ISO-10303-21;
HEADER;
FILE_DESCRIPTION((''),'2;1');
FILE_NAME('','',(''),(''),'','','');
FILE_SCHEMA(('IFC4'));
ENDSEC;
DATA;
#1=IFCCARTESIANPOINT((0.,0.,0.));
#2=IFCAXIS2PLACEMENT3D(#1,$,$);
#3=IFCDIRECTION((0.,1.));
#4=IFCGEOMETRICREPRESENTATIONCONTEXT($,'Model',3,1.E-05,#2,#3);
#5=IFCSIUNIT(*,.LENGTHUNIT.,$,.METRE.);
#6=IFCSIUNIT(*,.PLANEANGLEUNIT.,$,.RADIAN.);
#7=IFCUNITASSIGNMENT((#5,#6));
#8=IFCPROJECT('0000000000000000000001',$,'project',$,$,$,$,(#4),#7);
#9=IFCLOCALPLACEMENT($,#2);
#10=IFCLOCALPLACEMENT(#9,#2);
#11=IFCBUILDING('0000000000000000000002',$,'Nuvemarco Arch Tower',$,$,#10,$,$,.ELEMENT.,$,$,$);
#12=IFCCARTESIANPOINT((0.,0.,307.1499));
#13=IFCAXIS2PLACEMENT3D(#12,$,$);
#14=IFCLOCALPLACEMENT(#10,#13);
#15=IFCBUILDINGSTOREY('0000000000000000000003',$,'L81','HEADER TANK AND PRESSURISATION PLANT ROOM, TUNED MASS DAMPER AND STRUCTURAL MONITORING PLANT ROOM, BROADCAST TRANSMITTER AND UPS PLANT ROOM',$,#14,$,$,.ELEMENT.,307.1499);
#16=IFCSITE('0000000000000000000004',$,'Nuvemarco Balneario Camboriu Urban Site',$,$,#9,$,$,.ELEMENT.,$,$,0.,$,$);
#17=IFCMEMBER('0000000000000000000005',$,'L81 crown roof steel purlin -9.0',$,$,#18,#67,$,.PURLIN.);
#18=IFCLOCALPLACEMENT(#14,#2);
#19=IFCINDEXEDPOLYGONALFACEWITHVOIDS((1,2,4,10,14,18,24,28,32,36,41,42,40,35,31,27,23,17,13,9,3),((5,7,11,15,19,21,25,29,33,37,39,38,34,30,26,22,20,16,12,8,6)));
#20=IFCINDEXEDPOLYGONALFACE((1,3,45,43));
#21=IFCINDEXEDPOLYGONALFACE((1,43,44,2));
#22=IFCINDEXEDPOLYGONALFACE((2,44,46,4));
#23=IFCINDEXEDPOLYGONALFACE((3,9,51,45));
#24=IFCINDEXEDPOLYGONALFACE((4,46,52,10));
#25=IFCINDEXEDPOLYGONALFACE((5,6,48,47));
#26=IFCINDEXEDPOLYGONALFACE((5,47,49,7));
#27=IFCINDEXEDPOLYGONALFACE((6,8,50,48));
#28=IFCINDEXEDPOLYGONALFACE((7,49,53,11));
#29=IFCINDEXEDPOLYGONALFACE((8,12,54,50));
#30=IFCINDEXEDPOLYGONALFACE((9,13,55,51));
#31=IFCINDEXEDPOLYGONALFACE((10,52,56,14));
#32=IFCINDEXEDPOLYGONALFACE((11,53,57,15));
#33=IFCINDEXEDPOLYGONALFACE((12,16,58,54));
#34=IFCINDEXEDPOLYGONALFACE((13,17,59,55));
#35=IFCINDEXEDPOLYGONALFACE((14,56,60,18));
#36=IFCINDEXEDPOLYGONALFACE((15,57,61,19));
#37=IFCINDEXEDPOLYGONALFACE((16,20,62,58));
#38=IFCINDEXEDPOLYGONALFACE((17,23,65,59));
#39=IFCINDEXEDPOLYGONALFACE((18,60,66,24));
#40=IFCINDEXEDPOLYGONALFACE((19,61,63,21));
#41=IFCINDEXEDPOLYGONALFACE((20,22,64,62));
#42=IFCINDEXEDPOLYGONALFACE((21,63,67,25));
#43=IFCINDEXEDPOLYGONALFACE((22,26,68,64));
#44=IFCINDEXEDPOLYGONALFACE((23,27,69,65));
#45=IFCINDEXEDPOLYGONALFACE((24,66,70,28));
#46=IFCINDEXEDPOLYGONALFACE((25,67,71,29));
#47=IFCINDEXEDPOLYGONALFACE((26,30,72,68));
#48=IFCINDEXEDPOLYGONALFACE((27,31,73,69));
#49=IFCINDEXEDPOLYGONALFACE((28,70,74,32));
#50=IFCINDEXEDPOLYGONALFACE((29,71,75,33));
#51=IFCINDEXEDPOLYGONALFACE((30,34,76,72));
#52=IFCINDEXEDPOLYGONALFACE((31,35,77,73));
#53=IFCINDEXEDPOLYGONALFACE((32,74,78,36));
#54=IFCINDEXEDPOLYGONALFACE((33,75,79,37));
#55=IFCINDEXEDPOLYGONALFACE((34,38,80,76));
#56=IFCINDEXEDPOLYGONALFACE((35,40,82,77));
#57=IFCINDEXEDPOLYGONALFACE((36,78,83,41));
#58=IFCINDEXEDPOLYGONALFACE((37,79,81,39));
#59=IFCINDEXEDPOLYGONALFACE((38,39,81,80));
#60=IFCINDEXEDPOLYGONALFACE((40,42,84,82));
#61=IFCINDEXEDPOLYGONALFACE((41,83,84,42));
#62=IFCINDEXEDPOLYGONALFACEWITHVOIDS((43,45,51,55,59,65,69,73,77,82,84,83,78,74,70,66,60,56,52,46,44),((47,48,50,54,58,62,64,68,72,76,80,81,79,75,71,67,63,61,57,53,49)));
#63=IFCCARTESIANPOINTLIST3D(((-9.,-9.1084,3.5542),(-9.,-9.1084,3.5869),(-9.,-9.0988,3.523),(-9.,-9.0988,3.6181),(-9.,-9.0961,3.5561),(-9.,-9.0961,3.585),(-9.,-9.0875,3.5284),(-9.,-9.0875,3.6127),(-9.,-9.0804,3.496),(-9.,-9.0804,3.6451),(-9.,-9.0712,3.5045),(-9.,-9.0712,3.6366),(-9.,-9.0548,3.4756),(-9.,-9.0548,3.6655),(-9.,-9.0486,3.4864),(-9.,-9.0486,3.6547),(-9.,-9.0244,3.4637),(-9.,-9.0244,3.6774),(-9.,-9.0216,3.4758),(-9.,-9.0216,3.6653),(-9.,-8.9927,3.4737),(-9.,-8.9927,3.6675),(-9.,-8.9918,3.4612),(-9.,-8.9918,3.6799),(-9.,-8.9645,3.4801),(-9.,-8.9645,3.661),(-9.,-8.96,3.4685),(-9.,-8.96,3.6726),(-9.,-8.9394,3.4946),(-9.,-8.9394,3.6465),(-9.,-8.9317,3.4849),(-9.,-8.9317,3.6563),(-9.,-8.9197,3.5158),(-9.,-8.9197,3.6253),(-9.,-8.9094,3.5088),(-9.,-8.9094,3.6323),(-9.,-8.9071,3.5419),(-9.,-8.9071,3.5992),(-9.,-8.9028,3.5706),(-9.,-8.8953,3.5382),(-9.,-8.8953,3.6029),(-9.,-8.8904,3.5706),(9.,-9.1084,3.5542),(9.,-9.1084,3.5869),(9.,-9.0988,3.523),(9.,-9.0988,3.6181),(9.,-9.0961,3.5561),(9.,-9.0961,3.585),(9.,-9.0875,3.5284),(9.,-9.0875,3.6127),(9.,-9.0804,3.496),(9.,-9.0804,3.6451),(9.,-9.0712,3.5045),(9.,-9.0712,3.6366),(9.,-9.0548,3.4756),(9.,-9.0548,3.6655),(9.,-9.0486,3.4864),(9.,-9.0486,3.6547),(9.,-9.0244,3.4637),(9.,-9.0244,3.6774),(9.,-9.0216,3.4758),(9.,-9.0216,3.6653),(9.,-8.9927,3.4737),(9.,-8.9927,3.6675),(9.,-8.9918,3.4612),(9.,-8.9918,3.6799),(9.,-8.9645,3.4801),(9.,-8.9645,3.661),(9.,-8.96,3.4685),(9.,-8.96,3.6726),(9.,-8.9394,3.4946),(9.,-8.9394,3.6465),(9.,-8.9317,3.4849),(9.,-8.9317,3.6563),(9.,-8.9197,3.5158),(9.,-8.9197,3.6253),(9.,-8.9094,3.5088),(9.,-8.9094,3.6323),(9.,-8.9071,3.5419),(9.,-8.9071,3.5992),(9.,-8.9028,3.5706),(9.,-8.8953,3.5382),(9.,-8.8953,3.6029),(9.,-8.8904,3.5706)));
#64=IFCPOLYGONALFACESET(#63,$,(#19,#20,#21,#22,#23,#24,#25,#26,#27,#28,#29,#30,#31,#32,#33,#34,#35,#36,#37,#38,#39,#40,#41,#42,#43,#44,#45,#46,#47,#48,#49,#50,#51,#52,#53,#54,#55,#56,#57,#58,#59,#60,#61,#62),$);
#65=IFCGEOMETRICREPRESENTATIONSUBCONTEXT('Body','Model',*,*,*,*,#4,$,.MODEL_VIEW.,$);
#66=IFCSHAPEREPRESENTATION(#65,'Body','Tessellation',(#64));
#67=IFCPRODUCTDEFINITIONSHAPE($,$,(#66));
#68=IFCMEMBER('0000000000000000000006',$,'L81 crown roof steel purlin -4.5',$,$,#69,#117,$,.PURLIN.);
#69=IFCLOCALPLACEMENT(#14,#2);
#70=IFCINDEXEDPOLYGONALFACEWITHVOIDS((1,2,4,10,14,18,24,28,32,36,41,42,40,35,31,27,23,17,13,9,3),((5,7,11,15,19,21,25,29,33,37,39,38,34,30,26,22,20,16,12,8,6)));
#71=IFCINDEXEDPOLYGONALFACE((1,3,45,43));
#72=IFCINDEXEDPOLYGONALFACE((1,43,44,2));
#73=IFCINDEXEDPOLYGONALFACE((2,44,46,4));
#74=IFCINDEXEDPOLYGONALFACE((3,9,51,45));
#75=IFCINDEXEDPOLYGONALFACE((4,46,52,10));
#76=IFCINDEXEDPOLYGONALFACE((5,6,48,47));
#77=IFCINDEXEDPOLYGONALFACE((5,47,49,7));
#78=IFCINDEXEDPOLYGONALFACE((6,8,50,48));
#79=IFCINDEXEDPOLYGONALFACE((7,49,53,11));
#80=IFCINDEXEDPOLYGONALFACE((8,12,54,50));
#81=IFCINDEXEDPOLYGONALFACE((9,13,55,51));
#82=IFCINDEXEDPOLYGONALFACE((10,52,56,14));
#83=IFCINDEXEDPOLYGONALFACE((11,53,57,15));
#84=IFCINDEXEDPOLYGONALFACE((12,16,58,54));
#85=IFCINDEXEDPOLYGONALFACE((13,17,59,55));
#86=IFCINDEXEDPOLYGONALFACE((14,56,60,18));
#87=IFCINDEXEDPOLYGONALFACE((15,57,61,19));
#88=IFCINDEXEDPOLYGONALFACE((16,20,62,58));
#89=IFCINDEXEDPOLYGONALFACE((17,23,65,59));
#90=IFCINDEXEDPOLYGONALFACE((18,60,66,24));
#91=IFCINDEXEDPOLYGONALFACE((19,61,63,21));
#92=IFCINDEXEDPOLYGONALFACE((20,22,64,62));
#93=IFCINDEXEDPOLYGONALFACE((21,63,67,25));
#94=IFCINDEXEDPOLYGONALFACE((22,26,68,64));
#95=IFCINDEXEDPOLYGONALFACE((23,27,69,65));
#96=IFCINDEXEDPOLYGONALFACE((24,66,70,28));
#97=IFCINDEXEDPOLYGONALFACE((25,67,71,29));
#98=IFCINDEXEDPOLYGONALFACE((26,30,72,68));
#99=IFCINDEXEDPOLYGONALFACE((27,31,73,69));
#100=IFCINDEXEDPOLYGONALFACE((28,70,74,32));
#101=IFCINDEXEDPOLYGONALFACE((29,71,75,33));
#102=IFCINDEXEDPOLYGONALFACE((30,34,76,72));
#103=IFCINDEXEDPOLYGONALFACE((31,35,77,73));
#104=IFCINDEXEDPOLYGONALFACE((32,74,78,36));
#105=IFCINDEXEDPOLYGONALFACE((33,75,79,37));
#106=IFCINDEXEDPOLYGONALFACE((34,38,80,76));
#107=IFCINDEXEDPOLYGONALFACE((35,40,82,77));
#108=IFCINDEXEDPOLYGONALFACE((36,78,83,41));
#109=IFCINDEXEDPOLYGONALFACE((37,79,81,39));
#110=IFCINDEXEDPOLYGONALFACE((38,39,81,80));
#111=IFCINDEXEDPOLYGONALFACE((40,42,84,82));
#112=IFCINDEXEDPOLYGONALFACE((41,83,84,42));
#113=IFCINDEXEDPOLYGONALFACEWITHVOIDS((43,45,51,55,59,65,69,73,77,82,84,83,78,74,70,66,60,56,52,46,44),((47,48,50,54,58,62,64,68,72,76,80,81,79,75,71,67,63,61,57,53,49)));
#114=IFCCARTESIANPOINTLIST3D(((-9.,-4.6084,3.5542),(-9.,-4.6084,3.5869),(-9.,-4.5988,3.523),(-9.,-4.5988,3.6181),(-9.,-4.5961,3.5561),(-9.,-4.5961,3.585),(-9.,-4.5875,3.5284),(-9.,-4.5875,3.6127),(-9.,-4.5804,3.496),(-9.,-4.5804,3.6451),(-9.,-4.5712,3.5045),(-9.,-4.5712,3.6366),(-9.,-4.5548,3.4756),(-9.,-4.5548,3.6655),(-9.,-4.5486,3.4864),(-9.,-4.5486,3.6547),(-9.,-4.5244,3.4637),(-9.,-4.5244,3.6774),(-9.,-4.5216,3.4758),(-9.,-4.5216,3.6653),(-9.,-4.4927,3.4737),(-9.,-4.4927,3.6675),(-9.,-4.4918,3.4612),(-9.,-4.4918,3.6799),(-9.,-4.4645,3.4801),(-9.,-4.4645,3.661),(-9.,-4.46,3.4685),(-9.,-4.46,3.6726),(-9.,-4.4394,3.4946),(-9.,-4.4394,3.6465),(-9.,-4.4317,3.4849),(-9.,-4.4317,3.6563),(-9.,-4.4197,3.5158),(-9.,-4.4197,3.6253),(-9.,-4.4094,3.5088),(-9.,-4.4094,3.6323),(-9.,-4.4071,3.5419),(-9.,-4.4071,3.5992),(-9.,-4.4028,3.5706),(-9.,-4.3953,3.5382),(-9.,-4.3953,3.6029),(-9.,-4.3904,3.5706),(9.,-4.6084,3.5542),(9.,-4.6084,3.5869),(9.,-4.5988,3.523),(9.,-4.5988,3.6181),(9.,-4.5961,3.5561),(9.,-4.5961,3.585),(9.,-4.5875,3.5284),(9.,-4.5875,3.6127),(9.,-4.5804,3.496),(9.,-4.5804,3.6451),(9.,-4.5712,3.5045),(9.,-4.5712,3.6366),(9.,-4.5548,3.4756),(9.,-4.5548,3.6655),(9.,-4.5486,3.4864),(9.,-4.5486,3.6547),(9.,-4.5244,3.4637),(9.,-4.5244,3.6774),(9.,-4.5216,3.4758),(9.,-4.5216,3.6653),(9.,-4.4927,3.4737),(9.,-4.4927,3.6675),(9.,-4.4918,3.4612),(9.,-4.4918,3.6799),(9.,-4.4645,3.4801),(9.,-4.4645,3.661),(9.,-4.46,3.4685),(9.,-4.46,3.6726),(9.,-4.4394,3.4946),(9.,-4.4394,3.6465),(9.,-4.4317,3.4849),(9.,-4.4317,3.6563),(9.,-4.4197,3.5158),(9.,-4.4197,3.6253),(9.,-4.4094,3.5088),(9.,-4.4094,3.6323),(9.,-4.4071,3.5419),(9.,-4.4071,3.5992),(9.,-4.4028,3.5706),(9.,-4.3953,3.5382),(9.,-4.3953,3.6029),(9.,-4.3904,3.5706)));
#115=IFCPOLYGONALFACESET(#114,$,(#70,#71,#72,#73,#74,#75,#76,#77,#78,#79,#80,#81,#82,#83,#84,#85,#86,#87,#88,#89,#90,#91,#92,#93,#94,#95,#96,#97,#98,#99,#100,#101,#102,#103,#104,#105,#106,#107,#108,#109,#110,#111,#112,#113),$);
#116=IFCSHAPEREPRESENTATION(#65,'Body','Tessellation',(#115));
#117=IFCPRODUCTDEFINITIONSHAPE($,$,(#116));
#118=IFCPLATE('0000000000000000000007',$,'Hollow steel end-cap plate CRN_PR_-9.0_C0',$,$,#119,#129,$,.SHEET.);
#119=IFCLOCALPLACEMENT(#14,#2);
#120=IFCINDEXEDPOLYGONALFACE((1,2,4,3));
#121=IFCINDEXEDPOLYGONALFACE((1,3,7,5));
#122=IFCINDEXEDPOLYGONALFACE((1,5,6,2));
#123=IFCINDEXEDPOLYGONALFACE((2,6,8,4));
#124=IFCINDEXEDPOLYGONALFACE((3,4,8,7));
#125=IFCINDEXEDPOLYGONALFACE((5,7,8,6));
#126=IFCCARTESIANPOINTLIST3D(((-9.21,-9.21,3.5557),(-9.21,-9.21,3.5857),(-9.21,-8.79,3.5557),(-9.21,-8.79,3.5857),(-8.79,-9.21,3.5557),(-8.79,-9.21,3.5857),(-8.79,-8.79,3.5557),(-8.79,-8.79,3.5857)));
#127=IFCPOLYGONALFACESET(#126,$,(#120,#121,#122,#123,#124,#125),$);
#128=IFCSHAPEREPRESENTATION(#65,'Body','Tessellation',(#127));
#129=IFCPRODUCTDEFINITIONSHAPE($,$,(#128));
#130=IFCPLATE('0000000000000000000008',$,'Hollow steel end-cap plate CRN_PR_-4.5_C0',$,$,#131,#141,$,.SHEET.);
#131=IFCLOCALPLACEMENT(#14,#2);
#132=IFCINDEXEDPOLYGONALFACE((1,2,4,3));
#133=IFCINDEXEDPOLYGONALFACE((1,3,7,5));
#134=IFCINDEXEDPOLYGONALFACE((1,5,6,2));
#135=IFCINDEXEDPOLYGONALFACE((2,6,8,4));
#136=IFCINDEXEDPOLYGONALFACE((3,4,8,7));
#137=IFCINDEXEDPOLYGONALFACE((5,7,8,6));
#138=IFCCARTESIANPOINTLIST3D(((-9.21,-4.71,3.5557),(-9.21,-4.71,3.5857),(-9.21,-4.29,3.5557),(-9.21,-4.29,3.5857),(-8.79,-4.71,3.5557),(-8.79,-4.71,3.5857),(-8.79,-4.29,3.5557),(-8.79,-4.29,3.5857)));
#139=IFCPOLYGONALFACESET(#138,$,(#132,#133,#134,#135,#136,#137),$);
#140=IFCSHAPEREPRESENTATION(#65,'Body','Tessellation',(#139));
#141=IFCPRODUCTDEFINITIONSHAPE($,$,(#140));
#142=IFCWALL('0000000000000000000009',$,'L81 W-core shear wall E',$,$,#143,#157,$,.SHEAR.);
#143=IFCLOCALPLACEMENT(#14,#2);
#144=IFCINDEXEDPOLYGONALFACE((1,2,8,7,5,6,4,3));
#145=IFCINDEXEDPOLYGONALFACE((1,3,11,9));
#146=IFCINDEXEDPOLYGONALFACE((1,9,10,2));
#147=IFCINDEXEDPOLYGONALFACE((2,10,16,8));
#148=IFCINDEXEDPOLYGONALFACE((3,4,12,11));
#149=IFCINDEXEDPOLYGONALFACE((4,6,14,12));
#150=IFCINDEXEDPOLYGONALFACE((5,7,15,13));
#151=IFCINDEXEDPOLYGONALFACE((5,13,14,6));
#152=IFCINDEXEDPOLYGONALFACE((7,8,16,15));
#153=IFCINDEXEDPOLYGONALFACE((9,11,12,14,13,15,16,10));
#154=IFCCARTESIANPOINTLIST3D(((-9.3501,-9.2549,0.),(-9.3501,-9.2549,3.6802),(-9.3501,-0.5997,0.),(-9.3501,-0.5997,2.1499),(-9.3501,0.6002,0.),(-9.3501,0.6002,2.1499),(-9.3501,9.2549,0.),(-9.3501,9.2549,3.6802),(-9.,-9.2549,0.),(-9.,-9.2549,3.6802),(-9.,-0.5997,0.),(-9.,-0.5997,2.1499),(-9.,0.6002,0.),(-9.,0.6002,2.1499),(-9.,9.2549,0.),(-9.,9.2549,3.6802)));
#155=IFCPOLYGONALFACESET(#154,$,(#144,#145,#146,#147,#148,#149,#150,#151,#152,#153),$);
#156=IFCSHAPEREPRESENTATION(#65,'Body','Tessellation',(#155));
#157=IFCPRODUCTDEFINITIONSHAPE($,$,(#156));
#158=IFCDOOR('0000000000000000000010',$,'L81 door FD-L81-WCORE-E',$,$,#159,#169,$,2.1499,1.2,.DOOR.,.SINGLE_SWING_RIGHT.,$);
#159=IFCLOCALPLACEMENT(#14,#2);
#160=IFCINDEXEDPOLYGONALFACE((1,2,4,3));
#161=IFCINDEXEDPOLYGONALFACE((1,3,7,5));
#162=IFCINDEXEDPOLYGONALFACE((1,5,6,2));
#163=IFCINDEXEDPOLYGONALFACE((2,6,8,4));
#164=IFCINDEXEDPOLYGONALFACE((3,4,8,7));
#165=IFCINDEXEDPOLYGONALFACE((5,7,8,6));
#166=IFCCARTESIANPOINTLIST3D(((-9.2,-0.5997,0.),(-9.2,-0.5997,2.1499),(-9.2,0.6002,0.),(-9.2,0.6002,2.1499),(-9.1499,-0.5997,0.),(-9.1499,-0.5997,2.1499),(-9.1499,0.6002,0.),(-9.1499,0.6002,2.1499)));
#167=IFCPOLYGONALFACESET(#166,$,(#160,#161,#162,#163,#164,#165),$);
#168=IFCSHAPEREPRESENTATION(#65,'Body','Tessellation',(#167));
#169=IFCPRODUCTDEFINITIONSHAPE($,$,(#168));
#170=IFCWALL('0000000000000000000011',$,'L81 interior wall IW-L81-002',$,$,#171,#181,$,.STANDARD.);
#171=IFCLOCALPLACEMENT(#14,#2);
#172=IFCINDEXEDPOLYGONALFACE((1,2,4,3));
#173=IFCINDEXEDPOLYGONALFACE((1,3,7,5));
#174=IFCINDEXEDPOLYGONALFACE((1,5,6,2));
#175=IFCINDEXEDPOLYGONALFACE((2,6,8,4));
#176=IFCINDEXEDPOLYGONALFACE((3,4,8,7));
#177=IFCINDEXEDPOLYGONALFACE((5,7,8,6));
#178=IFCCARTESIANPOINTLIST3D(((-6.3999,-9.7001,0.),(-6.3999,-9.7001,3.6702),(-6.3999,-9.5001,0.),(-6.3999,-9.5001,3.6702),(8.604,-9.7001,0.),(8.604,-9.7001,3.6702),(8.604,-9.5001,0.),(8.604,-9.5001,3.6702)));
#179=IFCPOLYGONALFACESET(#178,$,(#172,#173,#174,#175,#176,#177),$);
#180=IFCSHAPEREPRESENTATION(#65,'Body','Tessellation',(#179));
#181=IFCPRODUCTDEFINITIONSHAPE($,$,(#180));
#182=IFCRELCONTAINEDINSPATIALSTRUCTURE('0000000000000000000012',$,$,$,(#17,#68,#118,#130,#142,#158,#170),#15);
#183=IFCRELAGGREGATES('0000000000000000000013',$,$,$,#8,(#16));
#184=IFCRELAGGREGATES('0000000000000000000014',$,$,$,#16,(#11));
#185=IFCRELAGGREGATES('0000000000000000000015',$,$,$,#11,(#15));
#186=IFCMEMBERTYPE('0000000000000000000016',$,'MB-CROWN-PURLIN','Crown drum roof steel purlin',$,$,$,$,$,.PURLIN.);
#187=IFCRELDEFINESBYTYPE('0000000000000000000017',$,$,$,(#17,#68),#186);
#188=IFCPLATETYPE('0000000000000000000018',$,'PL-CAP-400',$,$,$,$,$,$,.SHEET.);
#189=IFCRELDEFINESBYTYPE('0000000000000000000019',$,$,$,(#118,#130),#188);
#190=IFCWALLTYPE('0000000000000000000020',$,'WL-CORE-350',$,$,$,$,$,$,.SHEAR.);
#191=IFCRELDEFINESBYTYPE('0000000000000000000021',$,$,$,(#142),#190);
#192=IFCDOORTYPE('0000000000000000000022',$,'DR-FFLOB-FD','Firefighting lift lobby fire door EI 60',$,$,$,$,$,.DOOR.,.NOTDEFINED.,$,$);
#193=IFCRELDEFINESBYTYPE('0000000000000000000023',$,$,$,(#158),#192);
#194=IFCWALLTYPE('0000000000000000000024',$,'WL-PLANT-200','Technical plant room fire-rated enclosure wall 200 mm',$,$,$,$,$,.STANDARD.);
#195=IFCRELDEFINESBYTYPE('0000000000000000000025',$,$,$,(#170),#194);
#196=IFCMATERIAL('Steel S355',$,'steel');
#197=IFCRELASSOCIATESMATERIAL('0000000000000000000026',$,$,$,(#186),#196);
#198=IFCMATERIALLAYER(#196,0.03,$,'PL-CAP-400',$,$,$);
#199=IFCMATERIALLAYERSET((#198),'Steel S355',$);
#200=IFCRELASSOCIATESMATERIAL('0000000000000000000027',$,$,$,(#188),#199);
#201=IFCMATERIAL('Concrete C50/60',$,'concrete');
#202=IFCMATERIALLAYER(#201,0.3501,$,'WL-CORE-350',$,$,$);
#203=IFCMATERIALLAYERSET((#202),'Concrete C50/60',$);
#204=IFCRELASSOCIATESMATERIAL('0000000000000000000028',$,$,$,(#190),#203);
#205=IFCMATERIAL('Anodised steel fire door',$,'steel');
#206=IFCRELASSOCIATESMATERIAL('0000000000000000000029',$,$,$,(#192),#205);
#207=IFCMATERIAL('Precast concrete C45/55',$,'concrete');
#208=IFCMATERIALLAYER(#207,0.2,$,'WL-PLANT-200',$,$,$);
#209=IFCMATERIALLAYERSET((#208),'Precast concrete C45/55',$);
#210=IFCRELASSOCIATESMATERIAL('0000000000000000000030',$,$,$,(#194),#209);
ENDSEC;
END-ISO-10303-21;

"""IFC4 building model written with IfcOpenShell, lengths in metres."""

from ifc_helpers import new_model, si_unit, direction, frame, frame_2d, origin, origin_2d, place, context, subcontext, project, spatial, rectangle, hollow_circle, extrude, source, transform, mapped, material, layer, layer_set, material_profile, profile_set, type_object, type_shapes, element, fill, save


model = new_model("IFC4")

# Units and contexts
model_context = context("Model", 3, precision=1e-05, world=origin(), true_north=direction((0.0, 1.0)))
body_context = subcontext(model_context, "Body", "Model", "MODEL_VIEW")
ifc_project = project(units=[si_unit("LENGTHUNIT", "METRE"), si_unit("PLANEANGLEUNIT", "RADIAN")], contexts=[model_context])

# Site, building, storey
site_placement = place(None, origin())
site = spatial("IfcSite", under=ifc_project, at=site_placement, Name="Nuvemarco Balneario Camboriu Urban Site", CompositionType="ELEMENT", RefElevation=0.0)
building_placement = place(site_placement, origin())
building = spatial("IfcBuilding", under=site, at=building_placement, Name="Nuvemarco Arch Tower", CompositionType="ELEMENT")
storey_placement = place(building_placement, frame((0.0, 0.0, 307.1499)))
storey = spatial("IfcBuildingStorey", under=building, at=storey_placement, Name="L81", Description="HEADER TANK AND PRESSURISATION PLANT ROOM, TUNED MASS DAMPER AND STRUCTURAL MONITORING PLANT ROOM, BROADCAST TRANSMITTER AND UPS PLANT ROOM", CompositionType="ELEMENT", Elevation=307.1499)

# Shared definitions
ifc_material_1 = material(Name="Concrete C50/60", Category="concrete")

# Shared definitions
ifc_material_2 = material(Name="Steel S355", Category="steel")

# Members
ifc_material_profile_1 = material_profile(ifc_material_2, hollow_circle(Radius=0.1096, WallThickness=0.0125, at=origin_2d()), Name="CHS219.1x12.5")
ifc_profile_set_1 = profile_set([ifc_material_profile_1], Name="Steel S355")
member_type = type_object("IfcMemberType", Name="MB-CROWN-PURLIN", Description="Crown drum roof steel purlin", PredefinedType="PURLIN", material=ifc_profile_set_1)
for number, where, z_axis, x_axis, name in (
    (1, (-9.0, -9.0, 3.5706), (1.0, 0.0, 0.0), (0.0, 1.0, 0.0), "L81 crown roof steel purlin -9.0"),
    (2, (-9.0, -4.5, 3.5706), (1.0, 0.0, 0.0), (0.0, 1.0, 0.0), "L81 crown roof steel purlin -4.5"),
):
    element("IfcMember", number, at=place(storey_placement, frame(where, z_axis=z_axis, x_axis=x_axis)), inside=storey, type_object=member_type, Name=name, PredefinedType="PURLIN", context=body_context, shape_type="SweptSolid", body=[
        extrude(hollow_circle(Radius=0.1096, WallThickness=0.0125, at=origin_2d()), origin(), (0.0, 0.0, 1.0), 18.0),
    ])

# Plates
ifc_layer_1 = layer(ifc_material_2, 0.03, Name="PL-CAP-400")
ifc_layer_set_1 = layer_set([ifc_layer_1], Name="Steel S355")
plate_type = type_object("IfcPlateType", Name="PL-CAP-400", PredefinedType="SHEET", material=ifc_layer_set_1)
shared_shape_1 = source(origin(), body_context, "Body", "SweptSolid", [
    extrude(rectangle(XDim=0.4199, YDim=0.4199, at=origin_2d()), origin(), (0.0, 0.0, 1.0), 0.03),
])
type_shapes(plate_type, [shared_shape_1])
for number, where, z_axis, x_axis, name in (
    (3, (-9.0, -9.0, 3.5557), (0.0, 0.0, 1.0), (1.0, 0.0, 0.0), "Hollow steel end-cap plate CRN_PR_-9.0_C0"),
    (4, (-9.0, -4.5, 3.5557), (0.0, 0.0, 1.0), (1.0, 0.0, 0.0), "Hollow steel end-cap plate CRN_PR_-4.5_C0"),
):
    element("IfcPlate", number, at=place(storey_placement, frame(where, z_axis=z_axis, x_axis=x_axis)), inside=storey, type_object=plate_type, Name=name, PredefinedType="SHEET", context=body_context, shape_type="MappedRepresentation", body=[
        mapped(shared_shape_1, transform((0.0, 0.0, 0.0), scale=1.0)),
    ])

# Wall, opening, door
ifc_layer_2 = layer(ifc_material_1, 0.3501, Name="WL-CORE-350")
ifc_layer_set_2 = layer_set([ifc_layer_2], Name="Concrete C50/60")
wall_type_1 = type_object("IfcWallType", Name="WL-CORE-350", PredefinedType="SHEAR", material=ifc_layer_set_2)
wall_1_placement = place(storey_placement, frame((-9.175, -9.2549, 0.0), z_axis=(0.0, 0.0, 1.0), x_axis=(0.0, 1.0, 0.0)))
wall_1 = element("IfcWall", 5, at=wall_1_placement, inside=storey, type_object=wall_type_1, Name="L81 W-core shear wall E", PredefinedType="SHEAR", context=body_context, shape_type="SweptSolid", body=[
    extrude(rectangle(XDim=18.5098, YDim=0.3501, at=frame_2d((9.2549, 0.0))), origin(), (0.0, 0.0, 1.0), 3.6802),
])
opening_1_placement = place(wall_1_placement, frame((8.655, 0.0, 0.0)))
opening_1 = element("IfcOpeningElement", 6, at=opening_1_placement, cuts=wall_1, PredefinedType="OPENING", context=body_context, shape_type="SweptSolid", body=[
    extrude(rectangle(XDim=1.2, YDim=2.1499, at=frame_2d((0.6001, 1.075))), frame((0.0, 0.1851, 0.0), z_axis=(0.0, -1.0, 0.0), x_axis=(1.0, 0.0, 0.0)), (0.0, 0.0, 1.0), 0.3701),
])
ifc_material_3 = material(Name="Anodised steel fire door", Category="steel")
door_type_1 = type_object("IfcDoorType", Name="DR-FFLOB-FD", Description="Firefighting lift lobby fire door EI 60", OperationType="NOTDEFINED", PredefinedType="DOOR", material=ifc_material_3)
shared_shape_2 = source(origin(), body_context, "Body", "SweptSolid", [
    extrude(rectangle(XDim=1.2, YDim=2.1499, at=frame_2d((0.6001, 1.075))), frame((0.0, 0.0249, 0.0), z_axis=(0.0, -1.0, 0.0), x_axis=(1.0, 0.0, 0.0)), (0.0, 0.0, 1.0), 0.05),
])
type_shapes(door_type_1, [shared_shape_2])
door_1_placement = place(opening_1_placement, origin())
door_1 = element("IfcDoor", 7, at=door_1_placement, inside=storey, type_object=door_type_1, Name="L81 door FD-L81-WCORE-E", OperationType="SINGLE_SWING_RIGHT", OverallHeight=2.1499, OverallWidth=1.2, PredefinedType="DOOR", context=body_context, shape_type="MappedRepresentation", body=[
    mapped(shared_shape_2, transform((0.0, 0.0, 0.0), scale=1.0)),
])
fill(opening_1, door_1)

# Wall
ifc_material_4 = material(Name="Precast concrete C45/55", Category="concrete")
ifc_layer_3 = layer(ifc_material_4, 0.2, Name="WL-PLANT-200")
ifc_layer_set_3 = layer_set([ifc_layer_3], Name="Precast concrete C45/55")
wall_type_2 = type_object("IfcWallType", Name="WL-PLANT-200", Description="Technical plant room fire-rated enclosure wall 200 mm", PredefinedType="STANDARD", material=ifc_layer_set_3)
wall_2_placement = place(storey_placement, frame((-6.3999, -9.6001, 0.0), z_axis=(0.0, 0.0, 1.0), x_axis=(1.0, 0.0, 0.0)))
element("IfcWall", 8, at=wall_2_placement, inside=storey, type_object=wall_type_2, Name="L81 interior wall IW-L81-002", PredefinedType="STANDARD", context=body_context, shape_type="SweptSolid", body=[
    extrude(rectangle(XDim=15.0039, YDim=0.2, at=frame_2d((7.502, 0.0))), origin(), (0.0, 0.0, 1.0), 3.6702),
])

save(model, "model.ifc")
